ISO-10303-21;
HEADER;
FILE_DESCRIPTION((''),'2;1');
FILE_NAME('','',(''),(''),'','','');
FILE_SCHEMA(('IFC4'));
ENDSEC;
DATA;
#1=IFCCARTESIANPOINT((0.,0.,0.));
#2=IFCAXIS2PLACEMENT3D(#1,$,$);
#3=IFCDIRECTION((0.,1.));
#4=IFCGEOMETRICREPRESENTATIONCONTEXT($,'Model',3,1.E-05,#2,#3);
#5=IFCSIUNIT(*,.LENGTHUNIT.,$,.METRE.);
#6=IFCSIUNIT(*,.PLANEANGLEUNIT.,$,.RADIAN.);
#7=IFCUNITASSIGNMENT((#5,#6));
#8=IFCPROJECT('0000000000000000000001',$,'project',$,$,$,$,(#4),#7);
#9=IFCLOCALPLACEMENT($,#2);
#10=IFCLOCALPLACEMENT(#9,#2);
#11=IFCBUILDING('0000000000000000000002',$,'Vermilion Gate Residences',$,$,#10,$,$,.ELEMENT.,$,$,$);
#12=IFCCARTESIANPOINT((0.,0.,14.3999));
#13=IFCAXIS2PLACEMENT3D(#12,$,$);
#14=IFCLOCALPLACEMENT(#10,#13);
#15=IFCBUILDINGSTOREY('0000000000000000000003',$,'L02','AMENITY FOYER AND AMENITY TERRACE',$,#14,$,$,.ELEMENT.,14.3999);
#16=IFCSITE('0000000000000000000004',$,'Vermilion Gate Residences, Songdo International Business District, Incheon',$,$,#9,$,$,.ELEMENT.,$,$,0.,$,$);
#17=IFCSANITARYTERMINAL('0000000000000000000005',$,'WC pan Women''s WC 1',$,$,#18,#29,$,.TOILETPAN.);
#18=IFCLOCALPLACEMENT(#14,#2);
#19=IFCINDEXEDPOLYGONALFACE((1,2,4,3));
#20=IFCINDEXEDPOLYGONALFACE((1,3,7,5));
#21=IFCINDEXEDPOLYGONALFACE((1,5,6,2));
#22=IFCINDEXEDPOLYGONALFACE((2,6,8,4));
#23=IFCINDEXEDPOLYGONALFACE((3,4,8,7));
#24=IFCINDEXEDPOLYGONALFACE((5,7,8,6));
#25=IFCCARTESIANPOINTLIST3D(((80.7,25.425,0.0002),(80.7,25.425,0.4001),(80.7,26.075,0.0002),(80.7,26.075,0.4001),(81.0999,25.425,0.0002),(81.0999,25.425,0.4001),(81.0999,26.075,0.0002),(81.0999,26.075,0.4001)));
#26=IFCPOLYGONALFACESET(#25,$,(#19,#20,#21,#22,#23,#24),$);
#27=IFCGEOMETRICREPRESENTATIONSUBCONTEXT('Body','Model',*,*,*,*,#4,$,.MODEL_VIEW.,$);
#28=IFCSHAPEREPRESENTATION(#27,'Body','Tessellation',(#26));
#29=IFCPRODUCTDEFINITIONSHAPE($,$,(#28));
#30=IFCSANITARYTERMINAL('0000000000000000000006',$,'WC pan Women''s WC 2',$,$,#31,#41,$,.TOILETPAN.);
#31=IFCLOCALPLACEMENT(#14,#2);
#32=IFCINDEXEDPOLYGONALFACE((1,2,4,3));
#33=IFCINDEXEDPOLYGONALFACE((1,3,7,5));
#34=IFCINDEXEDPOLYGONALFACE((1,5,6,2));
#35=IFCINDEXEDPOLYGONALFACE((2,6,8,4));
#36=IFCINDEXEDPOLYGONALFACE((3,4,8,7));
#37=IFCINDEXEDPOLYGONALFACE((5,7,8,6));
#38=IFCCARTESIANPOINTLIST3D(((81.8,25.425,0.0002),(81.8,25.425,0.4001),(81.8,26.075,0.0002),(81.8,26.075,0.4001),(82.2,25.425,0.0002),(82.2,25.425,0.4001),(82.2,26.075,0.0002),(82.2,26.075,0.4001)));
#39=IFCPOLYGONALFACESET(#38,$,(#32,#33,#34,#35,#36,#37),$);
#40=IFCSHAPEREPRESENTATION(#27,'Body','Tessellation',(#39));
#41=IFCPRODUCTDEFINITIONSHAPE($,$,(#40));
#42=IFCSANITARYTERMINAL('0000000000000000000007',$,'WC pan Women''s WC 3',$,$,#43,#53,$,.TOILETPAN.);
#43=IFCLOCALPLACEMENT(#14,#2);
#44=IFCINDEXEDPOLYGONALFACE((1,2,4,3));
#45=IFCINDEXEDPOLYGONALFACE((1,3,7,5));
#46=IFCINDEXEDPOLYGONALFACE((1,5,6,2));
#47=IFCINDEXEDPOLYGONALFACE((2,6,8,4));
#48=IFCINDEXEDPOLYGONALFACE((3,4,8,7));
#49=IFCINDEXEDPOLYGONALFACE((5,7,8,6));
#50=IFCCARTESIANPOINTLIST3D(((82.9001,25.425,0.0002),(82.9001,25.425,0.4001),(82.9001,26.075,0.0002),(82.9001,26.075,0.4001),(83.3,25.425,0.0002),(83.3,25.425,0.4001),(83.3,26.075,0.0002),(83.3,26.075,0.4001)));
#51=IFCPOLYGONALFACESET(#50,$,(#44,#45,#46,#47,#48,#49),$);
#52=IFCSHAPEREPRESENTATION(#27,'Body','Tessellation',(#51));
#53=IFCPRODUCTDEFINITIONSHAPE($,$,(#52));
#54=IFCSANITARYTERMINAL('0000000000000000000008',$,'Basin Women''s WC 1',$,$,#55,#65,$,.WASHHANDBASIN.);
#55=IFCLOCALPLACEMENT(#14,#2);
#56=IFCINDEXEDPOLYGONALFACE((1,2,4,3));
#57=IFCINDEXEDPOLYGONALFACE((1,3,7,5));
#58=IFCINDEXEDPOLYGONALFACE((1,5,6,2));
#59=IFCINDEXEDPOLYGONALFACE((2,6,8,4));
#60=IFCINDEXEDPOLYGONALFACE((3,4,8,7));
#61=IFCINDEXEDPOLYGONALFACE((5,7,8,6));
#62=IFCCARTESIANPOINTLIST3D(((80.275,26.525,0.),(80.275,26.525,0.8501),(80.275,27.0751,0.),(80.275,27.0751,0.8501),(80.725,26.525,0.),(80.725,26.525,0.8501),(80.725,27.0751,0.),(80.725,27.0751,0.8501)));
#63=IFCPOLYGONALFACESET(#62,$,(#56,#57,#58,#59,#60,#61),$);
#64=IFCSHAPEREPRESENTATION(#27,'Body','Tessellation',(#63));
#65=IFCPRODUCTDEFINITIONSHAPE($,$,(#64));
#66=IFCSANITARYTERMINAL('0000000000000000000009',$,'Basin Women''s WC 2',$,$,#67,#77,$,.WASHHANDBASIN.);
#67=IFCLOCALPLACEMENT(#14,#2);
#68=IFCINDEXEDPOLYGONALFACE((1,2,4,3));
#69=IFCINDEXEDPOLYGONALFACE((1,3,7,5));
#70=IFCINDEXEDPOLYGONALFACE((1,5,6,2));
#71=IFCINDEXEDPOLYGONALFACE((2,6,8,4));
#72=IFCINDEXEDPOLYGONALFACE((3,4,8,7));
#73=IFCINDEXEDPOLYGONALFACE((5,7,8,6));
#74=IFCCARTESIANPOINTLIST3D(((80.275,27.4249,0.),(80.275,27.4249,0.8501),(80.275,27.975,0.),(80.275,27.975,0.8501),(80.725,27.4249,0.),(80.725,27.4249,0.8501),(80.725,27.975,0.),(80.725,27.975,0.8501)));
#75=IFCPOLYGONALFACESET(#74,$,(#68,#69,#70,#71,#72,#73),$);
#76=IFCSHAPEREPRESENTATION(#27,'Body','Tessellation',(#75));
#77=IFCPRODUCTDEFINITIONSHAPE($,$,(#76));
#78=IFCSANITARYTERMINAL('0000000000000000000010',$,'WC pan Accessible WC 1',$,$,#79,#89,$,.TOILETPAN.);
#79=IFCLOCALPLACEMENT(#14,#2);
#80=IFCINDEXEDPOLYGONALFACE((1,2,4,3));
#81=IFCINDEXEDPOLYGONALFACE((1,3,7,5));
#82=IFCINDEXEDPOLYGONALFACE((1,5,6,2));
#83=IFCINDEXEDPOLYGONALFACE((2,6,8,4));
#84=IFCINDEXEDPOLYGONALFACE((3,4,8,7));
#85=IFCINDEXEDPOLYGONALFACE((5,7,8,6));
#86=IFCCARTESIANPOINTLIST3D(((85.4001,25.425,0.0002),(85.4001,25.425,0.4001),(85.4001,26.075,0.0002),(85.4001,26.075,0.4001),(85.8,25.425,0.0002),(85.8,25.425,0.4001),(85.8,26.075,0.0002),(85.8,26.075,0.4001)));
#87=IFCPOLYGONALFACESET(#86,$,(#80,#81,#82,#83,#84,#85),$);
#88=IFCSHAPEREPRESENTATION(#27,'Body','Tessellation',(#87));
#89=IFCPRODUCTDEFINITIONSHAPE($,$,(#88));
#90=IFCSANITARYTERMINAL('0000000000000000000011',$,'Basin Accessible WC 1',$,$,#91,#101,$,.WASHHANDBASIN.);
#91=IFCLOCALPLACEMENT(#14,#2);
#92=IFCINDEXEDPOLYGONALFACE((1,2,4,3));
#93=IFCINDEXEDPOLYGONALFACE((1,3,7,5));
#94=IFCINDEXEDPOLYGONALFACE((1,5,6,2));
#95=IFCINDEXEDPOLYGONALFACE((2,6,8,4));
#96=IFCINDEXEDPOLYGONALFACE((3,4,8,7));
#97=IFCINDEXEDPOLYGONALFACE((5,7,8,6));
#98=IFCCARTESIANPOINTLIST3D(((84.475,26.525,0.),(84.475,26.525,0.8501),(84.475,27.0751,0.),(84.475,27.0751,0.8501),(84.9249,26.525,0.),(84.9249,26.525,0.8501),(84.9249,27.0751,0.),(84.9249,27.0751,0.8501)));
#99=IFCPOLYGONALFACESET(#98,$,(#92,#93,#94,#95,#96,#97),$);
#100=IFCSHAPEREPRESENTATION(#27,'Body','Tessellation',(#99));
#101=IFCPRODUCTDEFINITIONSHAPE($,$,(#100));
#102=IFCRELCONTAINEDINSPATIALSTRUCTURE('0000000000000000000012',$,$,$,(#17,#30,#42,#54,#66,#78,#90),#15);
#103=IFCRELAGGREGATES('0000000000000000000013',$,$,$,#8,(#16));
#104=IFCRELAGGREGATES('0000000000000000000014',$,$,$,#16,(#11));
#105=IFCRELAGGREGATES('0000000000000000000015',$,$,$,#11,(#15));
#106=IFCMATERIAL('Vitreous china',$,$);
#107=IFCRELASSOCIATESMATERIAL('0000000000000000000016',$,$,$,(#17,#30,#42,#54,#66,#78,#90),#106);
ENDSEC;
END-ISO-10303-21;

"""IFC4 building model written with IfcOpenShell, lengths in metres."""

from ifc_helpers import new_model, si_unit, direction, frame, origin, origin_2d, place, context, subcontext, project, spatial, rectangle, extrude, material, element, save


model = new_model("IFC4")

# Units and contexts
model_context = context("Model", 3, precision=1e-05, world=origin(), true_north=direction((0.0, 1.0)))
body_context = subcontext(model_context, "Body", "Model", "MODEL_VIEW")
ifc_project = project(units=[si_unit("LENGTHUNIT", "METRE"), si_unit("PLANEANGLEUNIT", "RADIAN")], contexts=[model_context])

# Site, building, storey
site_placement = place(None, origin())
site = spatial("IfcSite", under=ifc_project, at=site_placement, Name="Vermilion Gate Residences, Songdo International Business District, Incheon", CompositionType="ELEMENT", RefElevation=0.0)
building_placement = place(site_placement, origin())
building = spatial("IfcBuilding", under=site, at=building_placement, Name="Vermilion Gate Residences", CompositionType="ELEMENT")
storey_placement = place(building_placement, frame((0.0, 0.0, 14.3999)))
storey = spatial("IfcBuildingStorey", under=building, at=storey_placement, Name="L02", Description="AMENITY FOYER AND AMENITY TERRACE", CompositionType="ELEMENT", Elevation=14.3999)

# Sanitary terminals
ifc_material_1 = material(Name="Vitreous china")
for number, where, z_axis, x_axis, name in (
    (1, (80.8999, 25.75, 0.0002), (0.0, 0.0, 1.0), (1.0, 0.0, 0.0), "WC pan Women's WC 1"),
    (2, (82.0, 25.75, 0.0002), (0.0, 0.0, 1.0), (1.0, 0.0, 0.0), "WC pan Women's WC 2"),
    (3, (83.1001, 25.75, 0.0002), (0.0, 0.0, 1.0), (1.0, 0.0, 0.0), "WC pan Women's WC 3"),
):
    element("IfcSanitaryTerminal", number, at=place(storey_placement, frame(where, z_axis=z_axis, x_axis=x_axis)), inside=storey, material=ifc_material_1, Name=name, PredefinedType="TOILETPAN", context=body_context, shape_type="SweptSolid", body=[
        extrude(rectangle(XDim=0.3999, YDim=0.6499, at=origin_2d()), origin(), (0.0, 0.0, 1.0), 0.3999),
    ])
for number, where, z_axis, x_axis, name in (
    (4, (80.5, 26.8, 0.0), (0.0, 0.0, 1.0), (1.0, 0.0, 0.0), "Basin Women's WC 1"),
    (5, (80.5, 27.7, 0.0), (0.0, 0.0, 1.0), (1.0, 0.0, 0.0), "Basin Women's WC 2"),
):
    element("IfcSanitaryTerminal", number, at=place(storey_placement, frame(where, z_axis=z_axis, x_axis=x_axis)), inside=storey, material=ifc_material_1, Name=name, PredefinedType="WASHHANDBASIN", context=body_context, shape_type="SweptSolid", body=[
        extrude(rectangle(XDim=0.45, YDim=0.55, at=origin_2d()), origin(), (0.0, 0.0, 1.0), 0.8501),
    ])
sanitary_terminal_1_placement = place(storey_placement, frame((85.6001, 25.75, 0.0002), z_axis=(0.0, 0.0, 1.0), x_axis=(1.0, 0.0, 0.0)))
element("IfcSanitaryTerminal", 6, at=sanitary_terminal_1_placement, inside=storey, material=ifc_material_1, Name="WC pan Accessible WC 1", PredefinedType="TOILETPAN", context=body_context, shape_type="SweptSolid", body=[
    extrude(rectangle(XDim=0.3999, YDim=0.6499, at=origin_2d()), origin(), (0.0, 0.0, 1.0), 0.3999),
])
sanitary_terminal_2_placement = place(storey_placement, frame((84.7, 26.8, 0.0), z_axis=(0.0, 0.0, 1.0), x_axis=(1.0, 0.0, 0.0)))
element("IfcSanitaryTerminal", 7, at=sanitary_terminal_2_placement, inside=storey, material=ifc_material_1, Name="Basin Accessible WC 1", PredefinedType="WASHHANDBASIN", context=body_context, shape_type="SweptSolid", body=[
    extrude(rectangle(XDim=0.45, YDim=0.55, at=origin_2d()), origin(), (0.0, 0.0, 1.0), 0.8501),
])

save(model, "model.ifc")
